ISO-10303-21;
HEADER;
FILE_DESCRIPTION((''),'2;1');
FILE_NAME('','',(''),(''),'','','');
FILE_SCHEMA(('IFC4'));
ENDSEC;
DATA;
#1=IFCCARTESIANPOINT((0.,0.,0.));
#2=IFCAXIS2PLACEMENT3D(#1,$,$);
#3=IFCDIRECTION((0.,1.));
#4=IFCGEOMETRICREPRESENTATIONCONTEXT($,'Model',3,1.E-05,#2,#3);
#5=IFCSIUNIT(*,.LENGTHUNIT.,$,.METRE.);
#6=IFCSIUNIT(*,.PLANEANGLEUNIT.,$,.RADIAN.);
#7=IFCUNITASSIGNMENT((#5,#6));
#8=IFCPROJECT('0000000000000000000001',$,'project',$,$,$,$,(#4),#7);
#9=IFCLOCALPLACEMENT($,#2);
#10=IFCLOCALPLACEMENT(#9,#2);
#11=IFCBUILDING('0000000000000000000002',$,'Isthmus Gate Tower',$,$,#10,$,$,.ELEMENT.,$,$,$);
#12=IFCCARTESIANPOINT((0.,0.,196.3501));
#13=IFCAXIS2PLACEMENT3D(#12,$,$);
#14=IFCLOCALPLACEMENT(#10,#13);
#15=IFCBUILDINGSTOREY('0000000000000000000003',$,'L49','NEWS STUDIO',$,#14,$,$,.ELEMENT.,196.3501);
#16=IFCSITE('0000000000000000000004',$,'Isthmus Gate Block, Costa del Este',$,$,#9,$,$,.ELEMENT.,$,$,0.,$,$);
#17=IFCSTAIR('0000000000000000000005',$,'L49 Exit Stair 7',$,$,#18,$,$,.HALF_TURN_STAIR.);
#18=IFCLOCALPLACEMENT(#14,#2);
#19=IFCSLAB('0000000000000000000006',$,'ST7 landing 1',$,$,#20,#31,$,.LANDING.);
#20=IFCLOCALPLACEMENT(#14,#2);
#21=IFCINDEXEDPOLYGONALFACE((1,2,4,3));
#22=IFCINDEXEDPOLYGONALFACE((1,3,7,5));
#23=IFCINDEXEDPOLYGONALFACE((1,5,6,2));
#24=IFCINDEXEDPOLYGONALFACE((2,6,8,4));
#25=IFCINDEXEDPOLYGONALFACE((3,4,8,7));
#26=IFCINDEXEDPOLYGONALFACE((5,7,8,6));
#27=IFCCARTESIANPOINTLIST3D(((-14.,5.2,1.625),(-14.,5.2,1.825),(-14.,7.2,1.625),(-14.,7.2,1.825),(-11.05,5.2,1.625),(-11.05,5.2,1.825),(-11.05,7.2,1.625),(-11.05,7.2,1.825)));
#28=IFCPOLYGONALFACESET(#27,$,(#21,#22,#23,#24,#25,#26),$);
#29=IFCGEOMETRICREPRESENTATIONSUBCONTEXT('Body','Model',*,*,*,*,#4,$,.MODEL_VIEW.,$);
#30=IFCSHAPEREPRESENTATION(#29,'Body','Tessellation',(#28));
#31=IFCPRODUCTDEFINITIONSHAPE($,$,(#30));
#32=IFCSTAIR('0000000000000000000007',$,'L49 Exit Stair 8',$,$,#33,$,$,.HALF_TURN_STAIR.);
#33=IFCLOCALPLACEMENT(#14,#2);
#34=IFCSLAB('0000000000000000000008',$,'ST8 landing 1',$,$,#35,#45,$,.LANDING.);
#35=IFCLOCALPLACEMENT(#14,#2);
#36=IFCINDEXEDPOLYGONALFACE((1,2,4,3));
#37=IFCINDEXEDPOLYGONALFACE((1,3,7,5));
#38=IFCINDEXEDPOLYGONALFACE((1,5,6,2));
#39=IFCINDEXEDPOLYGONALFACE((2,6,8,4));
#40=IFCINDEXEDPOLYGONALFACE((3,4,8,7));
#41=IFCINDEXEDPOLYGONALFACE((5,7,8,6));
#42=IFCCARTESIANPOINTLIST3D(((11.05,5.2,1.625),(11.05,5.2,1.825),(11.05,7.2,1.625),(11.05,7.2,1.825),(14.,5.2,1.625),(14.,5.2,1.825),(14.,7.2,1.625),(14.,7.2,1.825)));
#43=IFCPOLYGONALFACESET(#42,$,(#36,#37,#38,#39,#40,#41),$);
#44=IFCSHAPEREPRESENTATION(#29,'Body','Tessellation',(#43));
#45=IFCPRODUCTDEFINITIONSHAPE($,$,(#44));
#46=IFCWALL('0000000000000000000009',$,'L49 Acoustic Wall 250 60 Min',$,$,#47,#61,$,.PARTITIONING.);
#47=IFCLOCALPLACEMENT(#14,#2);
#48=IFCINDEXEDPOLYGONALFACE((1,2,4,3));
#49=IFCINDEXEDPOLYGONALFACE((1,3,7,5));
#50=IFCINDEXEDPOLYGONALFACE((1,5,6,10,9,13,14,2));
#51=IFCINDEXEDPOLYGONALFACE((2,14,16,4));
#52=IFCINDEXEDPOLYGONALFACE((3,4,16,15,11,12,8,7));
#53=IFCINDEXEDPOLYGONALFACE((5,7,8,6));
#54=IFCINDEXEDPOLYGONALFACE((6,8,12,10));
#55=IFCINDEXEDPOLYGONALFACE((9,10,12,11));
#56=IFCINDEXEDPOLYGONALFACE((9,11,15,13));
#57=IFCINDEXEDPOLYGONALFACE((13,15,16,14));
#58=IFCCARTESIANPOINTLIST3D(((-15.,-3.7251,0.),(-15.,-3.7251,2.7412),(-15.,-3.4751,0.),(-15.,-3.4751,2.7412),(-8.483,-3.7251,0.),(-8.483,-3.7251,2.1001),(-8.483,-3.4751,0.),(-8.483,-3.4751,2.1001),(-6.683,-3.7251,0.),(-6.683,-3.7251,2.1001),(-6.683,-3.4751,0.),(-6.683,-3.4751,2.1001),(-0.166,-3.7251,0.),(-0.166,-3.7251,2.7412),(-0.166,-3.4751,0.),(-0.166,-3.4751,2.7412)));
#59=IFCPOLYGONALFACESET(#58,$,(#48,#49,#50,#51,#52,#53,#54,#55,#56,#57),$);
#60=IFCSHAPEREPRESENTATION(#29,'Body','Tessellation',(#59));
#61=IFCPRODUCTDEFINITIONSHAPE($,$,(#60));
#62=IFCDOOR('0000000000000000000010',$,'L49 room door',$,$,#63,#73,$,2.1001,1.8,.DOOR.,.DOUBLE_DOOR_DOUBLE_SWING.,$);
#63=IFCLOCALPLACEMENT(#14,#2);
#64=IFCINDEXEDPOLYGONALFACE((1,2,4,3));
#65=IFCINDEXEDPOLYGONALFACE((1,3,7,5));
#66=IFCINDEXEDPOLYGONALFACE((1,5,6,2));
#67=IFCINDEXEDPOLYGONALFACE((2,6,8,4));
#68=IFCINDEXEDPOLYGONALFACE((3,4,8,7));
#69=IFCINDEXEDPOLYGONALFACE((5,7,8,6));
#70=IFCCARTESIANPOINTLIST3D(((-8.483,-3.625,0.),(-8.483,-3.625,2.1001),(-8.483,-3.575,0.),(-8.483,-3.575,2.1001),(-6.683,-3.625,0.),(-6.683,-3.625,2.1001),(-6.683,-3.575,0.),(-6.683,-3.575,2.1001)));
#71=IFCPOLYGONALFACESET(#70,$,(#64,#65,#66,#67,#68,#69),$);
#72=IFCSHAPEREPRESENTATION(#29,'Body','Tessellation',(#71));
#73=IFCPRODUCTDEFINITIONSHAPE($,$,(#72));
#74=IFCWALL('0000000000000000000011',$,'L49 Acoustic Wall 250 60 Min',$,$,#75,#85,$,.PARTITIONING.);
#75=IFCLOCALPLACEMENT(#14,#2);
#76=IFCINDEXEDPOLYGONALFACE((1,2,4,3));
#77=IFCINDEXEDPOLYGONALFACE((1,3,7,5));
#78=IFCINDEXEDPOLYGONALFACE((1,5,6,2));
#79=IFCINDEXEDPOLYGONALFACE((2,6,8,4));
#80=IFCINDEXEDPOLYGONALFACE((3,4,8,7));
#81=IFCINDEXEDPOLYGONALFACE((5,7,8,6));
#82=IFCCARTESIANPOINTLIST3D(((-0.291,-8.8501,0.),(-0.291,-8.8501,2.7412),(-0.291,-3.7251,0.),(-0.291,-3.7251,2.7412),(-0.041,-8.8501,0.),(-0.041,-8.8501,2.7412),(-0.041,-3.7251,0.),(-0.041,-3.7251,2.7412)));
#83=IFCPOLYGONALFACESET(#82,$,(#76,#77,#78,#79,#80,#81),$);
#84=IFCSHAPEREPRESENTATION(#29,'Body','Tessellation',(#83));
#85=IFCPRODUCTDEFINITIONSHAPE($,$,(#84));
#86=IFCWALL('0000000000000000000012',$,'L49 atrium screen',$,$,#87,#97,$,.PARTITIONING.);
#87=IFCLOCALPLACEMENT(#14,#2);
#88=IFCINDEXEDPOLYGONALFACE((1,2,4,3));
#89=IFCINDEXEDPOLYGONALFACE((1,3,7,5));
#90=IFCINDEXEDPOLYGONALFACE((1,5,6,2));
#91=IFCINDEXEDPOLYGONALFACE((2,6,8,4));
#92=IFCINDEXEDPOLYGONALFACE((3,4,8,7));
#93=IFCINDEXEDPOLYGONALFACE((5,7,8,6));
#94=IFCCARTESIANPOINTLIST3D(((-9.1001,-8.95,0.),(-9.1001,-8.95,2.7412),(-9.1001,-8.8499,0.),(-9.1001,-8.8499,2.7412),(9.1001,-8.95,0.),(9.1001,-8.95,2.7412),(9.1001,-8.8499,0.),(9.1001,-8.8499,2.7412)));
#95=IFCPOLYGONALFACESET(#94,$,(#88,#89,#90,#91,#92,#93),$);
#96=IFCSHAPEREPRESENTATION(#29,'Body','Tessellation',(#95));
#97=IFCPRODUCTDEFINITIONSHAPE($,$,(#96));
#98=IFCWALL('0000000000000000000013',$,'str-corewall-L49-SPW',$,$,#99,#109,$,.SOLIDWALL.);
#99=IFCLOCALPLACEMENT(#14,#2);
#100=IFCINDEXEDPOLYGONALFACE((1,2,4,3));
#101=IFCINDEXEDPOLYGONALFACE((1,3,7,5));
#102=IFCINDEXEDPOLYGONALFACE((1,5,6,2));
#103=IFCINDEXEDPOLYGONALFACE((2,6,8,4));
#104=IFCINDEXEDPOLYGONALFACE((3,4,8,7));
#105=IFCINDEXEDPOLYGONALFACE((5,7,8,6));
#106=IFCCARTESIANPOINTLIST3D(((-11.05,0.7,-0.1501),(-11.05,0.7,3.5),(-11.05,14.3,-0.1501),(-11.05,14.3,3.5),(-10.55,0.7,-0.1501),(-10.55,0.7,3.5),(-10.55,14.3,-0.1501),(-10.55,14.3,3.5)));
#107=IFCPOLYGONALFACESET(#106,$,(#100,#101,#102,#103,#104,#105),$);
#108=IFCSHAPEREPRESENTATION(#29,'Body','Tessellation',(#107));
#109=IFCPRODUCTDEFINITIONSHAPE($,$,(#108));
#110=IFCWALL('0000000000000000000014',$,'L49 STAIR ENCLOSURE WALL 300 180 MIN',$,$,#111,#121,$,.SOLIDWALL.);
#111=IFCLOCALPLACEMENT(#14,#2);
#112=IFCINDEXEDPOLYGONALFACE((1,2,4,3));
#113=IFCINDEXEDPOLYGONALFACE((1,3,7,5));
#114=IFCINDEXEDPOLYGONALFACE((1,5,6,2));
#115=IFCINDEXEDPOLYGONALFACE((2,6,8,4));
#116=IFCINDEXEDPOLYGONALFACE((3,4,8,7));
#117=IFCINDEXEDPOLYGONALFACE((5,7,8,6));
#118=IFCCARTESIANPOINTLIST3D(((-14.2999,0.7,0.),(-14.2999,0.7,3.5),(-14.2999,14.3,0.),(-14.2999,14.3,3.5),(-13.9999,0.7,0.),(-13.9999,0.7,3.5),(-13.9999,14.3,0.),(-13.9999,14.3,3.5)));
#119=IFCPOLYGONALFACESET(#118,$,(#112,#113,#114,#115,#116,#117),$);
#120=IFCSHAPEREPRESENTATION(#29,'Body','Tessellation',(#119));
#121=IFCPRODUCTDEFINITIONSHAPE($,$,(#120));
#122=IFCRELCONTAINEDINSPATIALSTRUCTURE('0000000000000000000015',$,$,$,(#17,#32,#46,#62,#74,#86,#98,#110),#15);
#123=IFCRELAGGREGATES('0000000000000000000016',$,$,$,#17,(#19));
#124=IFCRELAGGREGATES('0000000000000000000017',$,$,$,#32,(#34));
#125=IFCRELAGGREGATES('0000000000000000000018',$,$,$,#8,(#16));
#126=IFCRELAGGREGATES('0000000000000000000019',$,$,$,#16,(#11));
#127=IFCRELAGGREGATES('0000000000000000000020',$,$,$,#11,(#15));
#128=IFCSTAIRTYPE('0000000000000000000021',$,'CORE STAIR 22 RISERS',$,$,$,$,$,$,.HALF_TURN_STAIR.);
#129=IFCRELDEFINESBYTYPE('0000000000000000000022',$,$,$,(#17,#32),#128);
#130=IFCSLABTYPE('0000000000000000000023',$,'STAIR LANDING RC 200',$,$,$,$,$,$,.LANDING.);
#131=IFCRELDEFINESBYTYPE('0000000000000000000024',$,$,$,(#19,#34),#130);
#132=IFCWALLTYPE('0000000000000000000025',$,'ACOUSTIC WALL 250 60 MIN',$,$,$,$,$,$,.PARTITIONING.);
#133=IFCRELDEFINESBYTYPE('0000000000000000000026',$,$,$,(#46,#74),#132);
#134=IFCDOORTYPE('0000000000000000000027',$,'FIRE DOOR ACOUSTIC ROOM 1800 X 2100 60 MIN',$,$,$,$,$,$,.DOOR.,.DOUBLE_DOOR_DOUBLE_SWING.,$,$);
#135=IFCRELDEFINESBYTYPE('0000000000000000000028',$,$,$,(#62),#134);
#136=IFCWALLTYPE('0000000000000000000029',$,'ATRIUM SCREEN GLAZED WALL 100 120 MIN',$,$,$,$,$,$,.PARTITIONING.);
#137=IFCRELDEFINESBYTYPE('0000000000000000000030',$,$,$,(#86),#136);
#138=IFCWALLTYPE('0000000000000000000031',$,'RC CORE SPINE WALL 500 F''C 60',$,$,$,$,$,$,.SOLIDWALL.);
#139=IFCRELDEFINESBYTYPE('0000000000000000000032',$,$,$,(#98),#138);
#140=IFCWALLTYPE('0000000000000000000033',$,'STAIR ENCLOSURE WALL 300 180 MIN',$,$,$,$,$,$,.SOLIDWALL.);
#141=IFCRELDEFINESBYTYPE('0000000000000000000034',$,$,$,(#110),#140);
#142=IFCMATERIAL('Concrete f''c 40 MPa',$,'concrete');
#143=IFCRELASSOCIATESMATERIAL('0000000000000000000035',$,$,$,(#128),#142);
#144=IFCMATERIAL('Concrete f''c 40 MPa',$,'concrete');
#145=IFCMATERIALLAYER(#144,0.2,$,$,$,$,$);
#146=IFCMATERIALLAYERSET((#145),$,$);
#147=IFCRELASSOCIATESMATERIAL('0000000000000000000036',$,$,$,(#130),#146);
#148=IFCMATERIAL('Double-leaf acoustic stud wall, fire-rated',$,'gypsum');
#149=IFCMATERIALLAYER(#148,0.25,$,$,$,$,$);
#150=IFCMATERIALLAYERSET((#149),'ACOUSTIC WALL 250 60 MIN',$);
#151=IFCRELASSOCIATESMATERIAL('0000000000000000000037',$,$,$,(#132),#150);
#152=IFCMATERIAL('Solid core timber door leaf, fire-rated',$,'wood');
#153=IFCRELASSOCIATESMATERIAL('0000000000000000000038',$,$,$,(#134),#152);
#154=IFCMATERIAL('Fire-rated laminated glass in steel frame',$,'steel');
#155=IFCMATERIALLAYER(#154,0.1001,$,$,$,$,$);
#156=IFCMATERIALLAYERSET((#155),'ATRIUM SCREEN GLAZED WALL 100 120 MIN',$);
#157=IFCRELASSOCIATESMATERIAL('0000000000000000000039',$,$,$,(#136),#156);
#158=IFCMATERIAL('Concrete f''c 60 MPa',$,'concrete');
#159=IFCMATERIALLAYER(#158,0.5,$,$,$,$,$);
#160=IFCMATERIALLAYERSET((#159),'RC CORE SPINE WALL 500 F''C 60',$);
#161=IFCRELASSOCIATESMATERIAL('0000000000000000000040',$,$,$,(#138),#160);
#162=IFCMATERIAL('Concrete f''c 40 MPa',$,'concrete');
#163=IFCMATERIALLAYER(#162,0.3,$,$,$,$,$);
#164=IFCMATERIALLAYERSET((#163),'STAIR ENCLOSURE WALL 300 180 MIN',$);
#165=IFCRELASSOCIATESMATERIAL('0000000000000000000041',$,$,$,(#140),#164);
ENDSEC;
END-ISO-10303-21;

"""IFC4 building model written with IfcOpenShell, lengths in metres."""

from ifc_helpers import new_model, si_unit, direction, frame, frame_2d, origin, place, context, subcontext, project, spatial, polyline, rectangle, outline, extrude, material, layer, layer_set, type_object, element, fill, aggregate, save


model = new_model("IFC4")

# Units and contexts
model_context = context("Model", 3, precision=1e-05, world=origin(), true_north=direction((0.0, 1.0)))
body_context = subcontext(model_context, "Body", "Model", "MODEL_VIEW")
ifc_project = project(units=[si_unit("LENGTHUNIT", "METRE"), si_unit("PLANEANGLEUNIT", "RADIAN")], contexts=[model_context])

# Site, building, storey
site_placement = place(None, origin())
site = spatial("IfcSite", under=ifc_project, at=site_placement, Name="Isthmus Gate Block, Costa del Este", CompositionType="ELEMENT", RefElevation=0.0)
building_placement = place(site_placement, origin())
building = spatial("IfcBuilding", under=site, at=building_placement, Name="Isthmus Gate Tower", CompositionType="ELEMENT")
storey_placement = place(building_placement, frame((0.0, 0.0, 196.3501)))
storey = spatial("IfcBuildingStorey", under=building, at=storey_placement, Name="L49", Description="NEWS STUDIO", CompositionType="ELEMENT", Elevation=196.3501)

# Stairs, slabs
ifc_material_1 = material(Name="Concrete f'c 40 MPa", Category="concrete")
stair_type = type_object("IfcStairType", Name="CORE STAIR 22 RISERS", PredefinedType="HALF_TURN_STAIR", material=ifc_material_1)
ifc_material_2 = material(Name="Concrete f'c 40 MPa", Category="concrete")
ifc_layer_1 = layer(ifc_material_2, 0.2)
ifc_layer_set_1 = layer_set([ifc_layer_1])
slab_type_1 = type_object("IfcSlabType", Name="STAIR LANDING RC 200", PredefinedType="LANDING", material=ifc_layer_set_1)
stair_1_placement = place(storey_placement, origin())
stair_1 = element("IfcStair", 1, at=stair_1_placement, inside=storey, type_object=stair_type, Name="L49 Exit Stair 7", PredefinedType="HALF_TURN_STAIR")
slab_1_placement = place(storey_placement, frame((0.0, 0.0, 1.625)))
slab_1 = element("IfcSlab", 2, at=slab_1_placement, type_object=slab_type_1, Name="ST7 landing 1", PredefinedType="LANDING", context=body_context, shape_type="SweptSolid", body=[
    extrude(outline(polyline([(-11.05, 5.2), (-11.05, 7.2), (-14.0, 7.2), (-14.0, 5.2), (-11.05, 5.2)])), origin(), (0.0, 0.0, 1.0), 0.2),
])
aggregate(stair_1, [slab_1])
stair_2_placement = place(storey_placement, origin())
stair_2 = element("IfcStair", 3, at=stair_2_placement, inside=storey, type_object=stair_type, Name="L49 Exit Stair 8", PredefinedType="HALF_TURN_STAIR")
slab_2_placement = place(storey_placement, frame((0.0, 0.0, 1.625)))
slab_2 = element("IfcSlab", 4, at=slab_2_placement, type_object=slab_type_1, Name="ST8 landing 1", PredefinedType="LANDING", context=body_context, shape_type="SweptSolid", body=[
    extrude(outline(polyline([(14.0, 5.2), (14.0, 7.2), (11.05, 7.2), (11.05, 5.2), (14.0, 5.2)])), origin(), (0.0, 0.0, 1.0), 0.2),
])
aggregate(stair_2, [slab_2])

# Wall, opening, door
ifc_material_3 = material(Name="Double-leaf acoustic stud wall, fire-rated", Category="gypsum")
ifc_layer_2 = layer(ifc_material_3, 0.25)
ifc_layer_set_2 = layer_set([ifc_layer_2], Name="ACOUSTIC WALL 250 60 MIN")
wall_type_1 = type_object("IfcWallType", Name="ACOUSTIC WALL 250 60 MIN", PredefinedType="PARTITIONING", material=ifc_layer_set_2)
wall_1_placement = place(storey_placement, frame((-0.166, -3.6001, 0.0), z_axis=(0.0, 0.0, 1.0), x_axis=(-1.0, 0.0, 0.0)))
wall_1 = element("IfcWall", 5, at=wall_1_placement, inside=storey, type_object=wall_type_1, Name="L49 Acoustic Wall 250 60 Min", PredefinedType="PARTITIONING", context=body_context, shape_type="SweptSolid", body=[
    extrude(rectangle(XDim=14.834, YDim=0.25, at=frame_2d((7.417, 0.0))), origin(), (0.0, 0.0, 1.0), 2.7412),
])
opening_placement = place(wall_1_placement, frame((6.5171, 0.0, 0.0)))
opening = element("IfcOpeningElement", 6, at=opening_placement, cuts=wall_1, PredefinedType="OPENING", context=body_context, shape_type="SweptSolid", body=[
    extrude(rectangle(XDim=1.8, YDim=2.1001, at=frame_2d((0.8999, 1.05))), frame((0.0, 0.135, 0.0), z_axis=(0.0, -1.0, 0.0), x_axis=(1.0, 0.0, 0.0)), (0.0, 0.0, 1.0), 0.27),
])
ifc_material_4 = material(Name="Solid core timber door leaf, fire-rated", Category="wood")
door_type = type_object("IfcDoorType", Name="FIRE DOOR ACOUSTIC ROOM 1800 X 2100 60 MIN", OperationType="DOUBLE_DOOR_DOUBLE_SWING", PredefinedType="DOOR", material=ifc_material_4)
door_placement = place(opening_placement, origin())
door = element("IfcDoor", 7, at=door_placement, inside=storey, type_object=door_type, Name="L49 room door", OperationType="DOUBLE_DOOR_DOUBLE_SWING", OverallHeight=2.1001, OverallWidth=1.8, PredefinedType="DOOR", context=body_context, shape_type="SweptSolid", body=[
    extrude(rectangle(XDim=1.8, YDim=2.1001, at=frame_2d((0.8999, 1.05))), frame((0.0, 0.0249, 0.0), z_axis=(0.0, -1.0, 0.0), x_axis=(1.0, 0.0, 0.0)), (0.0, 0.0, 1.0), 0.05),
])
fill(opening, door)

# Walls
wall_2_placement = place(storey_placement, frame((-0.166, -8.8501, 0.0), z_axis=(0.0, 0.0, 1.0), x_axis=(0.0, 1.0, 0.0)))
element("IfcWall", 8, at=wall_2_placement, inside=storey, type_object=wall_type_1, Name="L49 Acoustic Wall 250 60 Min", PredefinedType="PARTITIONING", context=body_context, shape_type="SweptSolid", body=[
    extrude(rectangle(XDim=5.125, YDim=0.25, at=frame_2d((2.5625, 0.0))), origin(), (0.0, 0.0, 1.0), 2.7412),
])
ifc_material_5 = material(Name="Fire-rated laminated glass in steel frame", Category="steel")
ifc_layer_3 = layer(ifc_material_5, 0.1001)
ifc_layer_set_3 = layer_set([ifc_layer_3], Name="ATRIUM SCREEN GLAZED WALL 100 120 MIN")
wall_type_2 = type_object("IfcWallType", Name="ATRIUM SCREEN GLAZED WALL 100 120 MIN", PredefinedType="PARTITIONING", material=ifc_layer_set_3)
wall_3_placement = place(storey_placement, frame((-9.1001, -8.8999, 0.0), z_axis=(0.0, 0.0, 1.0), x_axis=(1.0, 0.0, 0.0)))
element("IfcWall", 9, at=wall_3_placement, inside=storey, type_object=wall_type_2, Name="L49 atrium screen", PredefinedType="PARTITIONING", context=body_context, shape_type="SweptSolid", body=[
    extrude(rectangle(XDim=18.2002, YDim=0.1001, at=frame_2d((9.1001, 0.0))), origin(), (0.0, 0.0, 1.0), 2.7412),
])
ifc_material_6 = material(Name="Concrete f'c 60 MPa", Category="concrete")
ifc_layer_4 = layer(ifc_material_6, 0.5)
ifc_layer_set_4 = layer_set([ifc_layer_4], Name="RC CORE SPINE WALL 500 F'C 60")
wall_type_3 = type_object("IfcWallType", Name="RC CORE SPINE WALL 500 F'C 60", PredefinedType="SOLIDWALL", material=ifc_layer_set_4)
wall_4_placement = place(storey_placement, frame((-10.8, 0.7, -0.1501), z_axis=(0.0, 0.0, 1.0), x_axis=(0.0, 1.0, 0.0)))
element("IfcWall", 10, at=wall_4_placement, inside=storey, type_object=wall_type_3, Name="str-corewall-L49-SPW", PredefinedType="SOLIDWALL", context=body_context, shape_type="SweptSolid", body=[
    extrude(rectangle(XDim=13.6001, YDim=0.5, at=frame_2d((6.8, 0.0))), origin(), (0.0, 0.0, 1.0), 3.6501),
])
ifc_material_7 = material(Name="Concrete f'c 40 MPa", Category="concrete")
ifc_layer_5 = layer(ifc_material_7, 0.3)
ifc_layer_set_5 = layer_set([ifc_layer_5], Name="STAIR ENCLOSURE WALL 300 180 MIN")
wall_type_4 = type_object("IfcWallType", Name="STAIR ENCLOSURE WALL 300 180 MIN", PredefinedType="SOLIDWALL", material=ifc_layer_set_5)
wall_5_placement = place(storey_placement, frame((-14.1499, 0.7, 0.0), z_axis=(0.0, 0.0, 1.0), x_axis=(0.0, 1.0, 0.0)))
element("IfcWall", 11, at=wall_5_placement, inside=storey, type_object=wall_type_4, Name="L49 STAIR ENCLOSURE WALL 300 180 MIN", PredefinedType="SOLIDWALL", context=body_context, shape_type="SweptSolid", body=[
    extrude(rectangle(XDim=13.6001, YDim=0.3, at=frame_2d((6.8, 0.0))), origin(), (0.0, 0.0, 1.0), 3.5),
])

save(model, "model.ifc")
